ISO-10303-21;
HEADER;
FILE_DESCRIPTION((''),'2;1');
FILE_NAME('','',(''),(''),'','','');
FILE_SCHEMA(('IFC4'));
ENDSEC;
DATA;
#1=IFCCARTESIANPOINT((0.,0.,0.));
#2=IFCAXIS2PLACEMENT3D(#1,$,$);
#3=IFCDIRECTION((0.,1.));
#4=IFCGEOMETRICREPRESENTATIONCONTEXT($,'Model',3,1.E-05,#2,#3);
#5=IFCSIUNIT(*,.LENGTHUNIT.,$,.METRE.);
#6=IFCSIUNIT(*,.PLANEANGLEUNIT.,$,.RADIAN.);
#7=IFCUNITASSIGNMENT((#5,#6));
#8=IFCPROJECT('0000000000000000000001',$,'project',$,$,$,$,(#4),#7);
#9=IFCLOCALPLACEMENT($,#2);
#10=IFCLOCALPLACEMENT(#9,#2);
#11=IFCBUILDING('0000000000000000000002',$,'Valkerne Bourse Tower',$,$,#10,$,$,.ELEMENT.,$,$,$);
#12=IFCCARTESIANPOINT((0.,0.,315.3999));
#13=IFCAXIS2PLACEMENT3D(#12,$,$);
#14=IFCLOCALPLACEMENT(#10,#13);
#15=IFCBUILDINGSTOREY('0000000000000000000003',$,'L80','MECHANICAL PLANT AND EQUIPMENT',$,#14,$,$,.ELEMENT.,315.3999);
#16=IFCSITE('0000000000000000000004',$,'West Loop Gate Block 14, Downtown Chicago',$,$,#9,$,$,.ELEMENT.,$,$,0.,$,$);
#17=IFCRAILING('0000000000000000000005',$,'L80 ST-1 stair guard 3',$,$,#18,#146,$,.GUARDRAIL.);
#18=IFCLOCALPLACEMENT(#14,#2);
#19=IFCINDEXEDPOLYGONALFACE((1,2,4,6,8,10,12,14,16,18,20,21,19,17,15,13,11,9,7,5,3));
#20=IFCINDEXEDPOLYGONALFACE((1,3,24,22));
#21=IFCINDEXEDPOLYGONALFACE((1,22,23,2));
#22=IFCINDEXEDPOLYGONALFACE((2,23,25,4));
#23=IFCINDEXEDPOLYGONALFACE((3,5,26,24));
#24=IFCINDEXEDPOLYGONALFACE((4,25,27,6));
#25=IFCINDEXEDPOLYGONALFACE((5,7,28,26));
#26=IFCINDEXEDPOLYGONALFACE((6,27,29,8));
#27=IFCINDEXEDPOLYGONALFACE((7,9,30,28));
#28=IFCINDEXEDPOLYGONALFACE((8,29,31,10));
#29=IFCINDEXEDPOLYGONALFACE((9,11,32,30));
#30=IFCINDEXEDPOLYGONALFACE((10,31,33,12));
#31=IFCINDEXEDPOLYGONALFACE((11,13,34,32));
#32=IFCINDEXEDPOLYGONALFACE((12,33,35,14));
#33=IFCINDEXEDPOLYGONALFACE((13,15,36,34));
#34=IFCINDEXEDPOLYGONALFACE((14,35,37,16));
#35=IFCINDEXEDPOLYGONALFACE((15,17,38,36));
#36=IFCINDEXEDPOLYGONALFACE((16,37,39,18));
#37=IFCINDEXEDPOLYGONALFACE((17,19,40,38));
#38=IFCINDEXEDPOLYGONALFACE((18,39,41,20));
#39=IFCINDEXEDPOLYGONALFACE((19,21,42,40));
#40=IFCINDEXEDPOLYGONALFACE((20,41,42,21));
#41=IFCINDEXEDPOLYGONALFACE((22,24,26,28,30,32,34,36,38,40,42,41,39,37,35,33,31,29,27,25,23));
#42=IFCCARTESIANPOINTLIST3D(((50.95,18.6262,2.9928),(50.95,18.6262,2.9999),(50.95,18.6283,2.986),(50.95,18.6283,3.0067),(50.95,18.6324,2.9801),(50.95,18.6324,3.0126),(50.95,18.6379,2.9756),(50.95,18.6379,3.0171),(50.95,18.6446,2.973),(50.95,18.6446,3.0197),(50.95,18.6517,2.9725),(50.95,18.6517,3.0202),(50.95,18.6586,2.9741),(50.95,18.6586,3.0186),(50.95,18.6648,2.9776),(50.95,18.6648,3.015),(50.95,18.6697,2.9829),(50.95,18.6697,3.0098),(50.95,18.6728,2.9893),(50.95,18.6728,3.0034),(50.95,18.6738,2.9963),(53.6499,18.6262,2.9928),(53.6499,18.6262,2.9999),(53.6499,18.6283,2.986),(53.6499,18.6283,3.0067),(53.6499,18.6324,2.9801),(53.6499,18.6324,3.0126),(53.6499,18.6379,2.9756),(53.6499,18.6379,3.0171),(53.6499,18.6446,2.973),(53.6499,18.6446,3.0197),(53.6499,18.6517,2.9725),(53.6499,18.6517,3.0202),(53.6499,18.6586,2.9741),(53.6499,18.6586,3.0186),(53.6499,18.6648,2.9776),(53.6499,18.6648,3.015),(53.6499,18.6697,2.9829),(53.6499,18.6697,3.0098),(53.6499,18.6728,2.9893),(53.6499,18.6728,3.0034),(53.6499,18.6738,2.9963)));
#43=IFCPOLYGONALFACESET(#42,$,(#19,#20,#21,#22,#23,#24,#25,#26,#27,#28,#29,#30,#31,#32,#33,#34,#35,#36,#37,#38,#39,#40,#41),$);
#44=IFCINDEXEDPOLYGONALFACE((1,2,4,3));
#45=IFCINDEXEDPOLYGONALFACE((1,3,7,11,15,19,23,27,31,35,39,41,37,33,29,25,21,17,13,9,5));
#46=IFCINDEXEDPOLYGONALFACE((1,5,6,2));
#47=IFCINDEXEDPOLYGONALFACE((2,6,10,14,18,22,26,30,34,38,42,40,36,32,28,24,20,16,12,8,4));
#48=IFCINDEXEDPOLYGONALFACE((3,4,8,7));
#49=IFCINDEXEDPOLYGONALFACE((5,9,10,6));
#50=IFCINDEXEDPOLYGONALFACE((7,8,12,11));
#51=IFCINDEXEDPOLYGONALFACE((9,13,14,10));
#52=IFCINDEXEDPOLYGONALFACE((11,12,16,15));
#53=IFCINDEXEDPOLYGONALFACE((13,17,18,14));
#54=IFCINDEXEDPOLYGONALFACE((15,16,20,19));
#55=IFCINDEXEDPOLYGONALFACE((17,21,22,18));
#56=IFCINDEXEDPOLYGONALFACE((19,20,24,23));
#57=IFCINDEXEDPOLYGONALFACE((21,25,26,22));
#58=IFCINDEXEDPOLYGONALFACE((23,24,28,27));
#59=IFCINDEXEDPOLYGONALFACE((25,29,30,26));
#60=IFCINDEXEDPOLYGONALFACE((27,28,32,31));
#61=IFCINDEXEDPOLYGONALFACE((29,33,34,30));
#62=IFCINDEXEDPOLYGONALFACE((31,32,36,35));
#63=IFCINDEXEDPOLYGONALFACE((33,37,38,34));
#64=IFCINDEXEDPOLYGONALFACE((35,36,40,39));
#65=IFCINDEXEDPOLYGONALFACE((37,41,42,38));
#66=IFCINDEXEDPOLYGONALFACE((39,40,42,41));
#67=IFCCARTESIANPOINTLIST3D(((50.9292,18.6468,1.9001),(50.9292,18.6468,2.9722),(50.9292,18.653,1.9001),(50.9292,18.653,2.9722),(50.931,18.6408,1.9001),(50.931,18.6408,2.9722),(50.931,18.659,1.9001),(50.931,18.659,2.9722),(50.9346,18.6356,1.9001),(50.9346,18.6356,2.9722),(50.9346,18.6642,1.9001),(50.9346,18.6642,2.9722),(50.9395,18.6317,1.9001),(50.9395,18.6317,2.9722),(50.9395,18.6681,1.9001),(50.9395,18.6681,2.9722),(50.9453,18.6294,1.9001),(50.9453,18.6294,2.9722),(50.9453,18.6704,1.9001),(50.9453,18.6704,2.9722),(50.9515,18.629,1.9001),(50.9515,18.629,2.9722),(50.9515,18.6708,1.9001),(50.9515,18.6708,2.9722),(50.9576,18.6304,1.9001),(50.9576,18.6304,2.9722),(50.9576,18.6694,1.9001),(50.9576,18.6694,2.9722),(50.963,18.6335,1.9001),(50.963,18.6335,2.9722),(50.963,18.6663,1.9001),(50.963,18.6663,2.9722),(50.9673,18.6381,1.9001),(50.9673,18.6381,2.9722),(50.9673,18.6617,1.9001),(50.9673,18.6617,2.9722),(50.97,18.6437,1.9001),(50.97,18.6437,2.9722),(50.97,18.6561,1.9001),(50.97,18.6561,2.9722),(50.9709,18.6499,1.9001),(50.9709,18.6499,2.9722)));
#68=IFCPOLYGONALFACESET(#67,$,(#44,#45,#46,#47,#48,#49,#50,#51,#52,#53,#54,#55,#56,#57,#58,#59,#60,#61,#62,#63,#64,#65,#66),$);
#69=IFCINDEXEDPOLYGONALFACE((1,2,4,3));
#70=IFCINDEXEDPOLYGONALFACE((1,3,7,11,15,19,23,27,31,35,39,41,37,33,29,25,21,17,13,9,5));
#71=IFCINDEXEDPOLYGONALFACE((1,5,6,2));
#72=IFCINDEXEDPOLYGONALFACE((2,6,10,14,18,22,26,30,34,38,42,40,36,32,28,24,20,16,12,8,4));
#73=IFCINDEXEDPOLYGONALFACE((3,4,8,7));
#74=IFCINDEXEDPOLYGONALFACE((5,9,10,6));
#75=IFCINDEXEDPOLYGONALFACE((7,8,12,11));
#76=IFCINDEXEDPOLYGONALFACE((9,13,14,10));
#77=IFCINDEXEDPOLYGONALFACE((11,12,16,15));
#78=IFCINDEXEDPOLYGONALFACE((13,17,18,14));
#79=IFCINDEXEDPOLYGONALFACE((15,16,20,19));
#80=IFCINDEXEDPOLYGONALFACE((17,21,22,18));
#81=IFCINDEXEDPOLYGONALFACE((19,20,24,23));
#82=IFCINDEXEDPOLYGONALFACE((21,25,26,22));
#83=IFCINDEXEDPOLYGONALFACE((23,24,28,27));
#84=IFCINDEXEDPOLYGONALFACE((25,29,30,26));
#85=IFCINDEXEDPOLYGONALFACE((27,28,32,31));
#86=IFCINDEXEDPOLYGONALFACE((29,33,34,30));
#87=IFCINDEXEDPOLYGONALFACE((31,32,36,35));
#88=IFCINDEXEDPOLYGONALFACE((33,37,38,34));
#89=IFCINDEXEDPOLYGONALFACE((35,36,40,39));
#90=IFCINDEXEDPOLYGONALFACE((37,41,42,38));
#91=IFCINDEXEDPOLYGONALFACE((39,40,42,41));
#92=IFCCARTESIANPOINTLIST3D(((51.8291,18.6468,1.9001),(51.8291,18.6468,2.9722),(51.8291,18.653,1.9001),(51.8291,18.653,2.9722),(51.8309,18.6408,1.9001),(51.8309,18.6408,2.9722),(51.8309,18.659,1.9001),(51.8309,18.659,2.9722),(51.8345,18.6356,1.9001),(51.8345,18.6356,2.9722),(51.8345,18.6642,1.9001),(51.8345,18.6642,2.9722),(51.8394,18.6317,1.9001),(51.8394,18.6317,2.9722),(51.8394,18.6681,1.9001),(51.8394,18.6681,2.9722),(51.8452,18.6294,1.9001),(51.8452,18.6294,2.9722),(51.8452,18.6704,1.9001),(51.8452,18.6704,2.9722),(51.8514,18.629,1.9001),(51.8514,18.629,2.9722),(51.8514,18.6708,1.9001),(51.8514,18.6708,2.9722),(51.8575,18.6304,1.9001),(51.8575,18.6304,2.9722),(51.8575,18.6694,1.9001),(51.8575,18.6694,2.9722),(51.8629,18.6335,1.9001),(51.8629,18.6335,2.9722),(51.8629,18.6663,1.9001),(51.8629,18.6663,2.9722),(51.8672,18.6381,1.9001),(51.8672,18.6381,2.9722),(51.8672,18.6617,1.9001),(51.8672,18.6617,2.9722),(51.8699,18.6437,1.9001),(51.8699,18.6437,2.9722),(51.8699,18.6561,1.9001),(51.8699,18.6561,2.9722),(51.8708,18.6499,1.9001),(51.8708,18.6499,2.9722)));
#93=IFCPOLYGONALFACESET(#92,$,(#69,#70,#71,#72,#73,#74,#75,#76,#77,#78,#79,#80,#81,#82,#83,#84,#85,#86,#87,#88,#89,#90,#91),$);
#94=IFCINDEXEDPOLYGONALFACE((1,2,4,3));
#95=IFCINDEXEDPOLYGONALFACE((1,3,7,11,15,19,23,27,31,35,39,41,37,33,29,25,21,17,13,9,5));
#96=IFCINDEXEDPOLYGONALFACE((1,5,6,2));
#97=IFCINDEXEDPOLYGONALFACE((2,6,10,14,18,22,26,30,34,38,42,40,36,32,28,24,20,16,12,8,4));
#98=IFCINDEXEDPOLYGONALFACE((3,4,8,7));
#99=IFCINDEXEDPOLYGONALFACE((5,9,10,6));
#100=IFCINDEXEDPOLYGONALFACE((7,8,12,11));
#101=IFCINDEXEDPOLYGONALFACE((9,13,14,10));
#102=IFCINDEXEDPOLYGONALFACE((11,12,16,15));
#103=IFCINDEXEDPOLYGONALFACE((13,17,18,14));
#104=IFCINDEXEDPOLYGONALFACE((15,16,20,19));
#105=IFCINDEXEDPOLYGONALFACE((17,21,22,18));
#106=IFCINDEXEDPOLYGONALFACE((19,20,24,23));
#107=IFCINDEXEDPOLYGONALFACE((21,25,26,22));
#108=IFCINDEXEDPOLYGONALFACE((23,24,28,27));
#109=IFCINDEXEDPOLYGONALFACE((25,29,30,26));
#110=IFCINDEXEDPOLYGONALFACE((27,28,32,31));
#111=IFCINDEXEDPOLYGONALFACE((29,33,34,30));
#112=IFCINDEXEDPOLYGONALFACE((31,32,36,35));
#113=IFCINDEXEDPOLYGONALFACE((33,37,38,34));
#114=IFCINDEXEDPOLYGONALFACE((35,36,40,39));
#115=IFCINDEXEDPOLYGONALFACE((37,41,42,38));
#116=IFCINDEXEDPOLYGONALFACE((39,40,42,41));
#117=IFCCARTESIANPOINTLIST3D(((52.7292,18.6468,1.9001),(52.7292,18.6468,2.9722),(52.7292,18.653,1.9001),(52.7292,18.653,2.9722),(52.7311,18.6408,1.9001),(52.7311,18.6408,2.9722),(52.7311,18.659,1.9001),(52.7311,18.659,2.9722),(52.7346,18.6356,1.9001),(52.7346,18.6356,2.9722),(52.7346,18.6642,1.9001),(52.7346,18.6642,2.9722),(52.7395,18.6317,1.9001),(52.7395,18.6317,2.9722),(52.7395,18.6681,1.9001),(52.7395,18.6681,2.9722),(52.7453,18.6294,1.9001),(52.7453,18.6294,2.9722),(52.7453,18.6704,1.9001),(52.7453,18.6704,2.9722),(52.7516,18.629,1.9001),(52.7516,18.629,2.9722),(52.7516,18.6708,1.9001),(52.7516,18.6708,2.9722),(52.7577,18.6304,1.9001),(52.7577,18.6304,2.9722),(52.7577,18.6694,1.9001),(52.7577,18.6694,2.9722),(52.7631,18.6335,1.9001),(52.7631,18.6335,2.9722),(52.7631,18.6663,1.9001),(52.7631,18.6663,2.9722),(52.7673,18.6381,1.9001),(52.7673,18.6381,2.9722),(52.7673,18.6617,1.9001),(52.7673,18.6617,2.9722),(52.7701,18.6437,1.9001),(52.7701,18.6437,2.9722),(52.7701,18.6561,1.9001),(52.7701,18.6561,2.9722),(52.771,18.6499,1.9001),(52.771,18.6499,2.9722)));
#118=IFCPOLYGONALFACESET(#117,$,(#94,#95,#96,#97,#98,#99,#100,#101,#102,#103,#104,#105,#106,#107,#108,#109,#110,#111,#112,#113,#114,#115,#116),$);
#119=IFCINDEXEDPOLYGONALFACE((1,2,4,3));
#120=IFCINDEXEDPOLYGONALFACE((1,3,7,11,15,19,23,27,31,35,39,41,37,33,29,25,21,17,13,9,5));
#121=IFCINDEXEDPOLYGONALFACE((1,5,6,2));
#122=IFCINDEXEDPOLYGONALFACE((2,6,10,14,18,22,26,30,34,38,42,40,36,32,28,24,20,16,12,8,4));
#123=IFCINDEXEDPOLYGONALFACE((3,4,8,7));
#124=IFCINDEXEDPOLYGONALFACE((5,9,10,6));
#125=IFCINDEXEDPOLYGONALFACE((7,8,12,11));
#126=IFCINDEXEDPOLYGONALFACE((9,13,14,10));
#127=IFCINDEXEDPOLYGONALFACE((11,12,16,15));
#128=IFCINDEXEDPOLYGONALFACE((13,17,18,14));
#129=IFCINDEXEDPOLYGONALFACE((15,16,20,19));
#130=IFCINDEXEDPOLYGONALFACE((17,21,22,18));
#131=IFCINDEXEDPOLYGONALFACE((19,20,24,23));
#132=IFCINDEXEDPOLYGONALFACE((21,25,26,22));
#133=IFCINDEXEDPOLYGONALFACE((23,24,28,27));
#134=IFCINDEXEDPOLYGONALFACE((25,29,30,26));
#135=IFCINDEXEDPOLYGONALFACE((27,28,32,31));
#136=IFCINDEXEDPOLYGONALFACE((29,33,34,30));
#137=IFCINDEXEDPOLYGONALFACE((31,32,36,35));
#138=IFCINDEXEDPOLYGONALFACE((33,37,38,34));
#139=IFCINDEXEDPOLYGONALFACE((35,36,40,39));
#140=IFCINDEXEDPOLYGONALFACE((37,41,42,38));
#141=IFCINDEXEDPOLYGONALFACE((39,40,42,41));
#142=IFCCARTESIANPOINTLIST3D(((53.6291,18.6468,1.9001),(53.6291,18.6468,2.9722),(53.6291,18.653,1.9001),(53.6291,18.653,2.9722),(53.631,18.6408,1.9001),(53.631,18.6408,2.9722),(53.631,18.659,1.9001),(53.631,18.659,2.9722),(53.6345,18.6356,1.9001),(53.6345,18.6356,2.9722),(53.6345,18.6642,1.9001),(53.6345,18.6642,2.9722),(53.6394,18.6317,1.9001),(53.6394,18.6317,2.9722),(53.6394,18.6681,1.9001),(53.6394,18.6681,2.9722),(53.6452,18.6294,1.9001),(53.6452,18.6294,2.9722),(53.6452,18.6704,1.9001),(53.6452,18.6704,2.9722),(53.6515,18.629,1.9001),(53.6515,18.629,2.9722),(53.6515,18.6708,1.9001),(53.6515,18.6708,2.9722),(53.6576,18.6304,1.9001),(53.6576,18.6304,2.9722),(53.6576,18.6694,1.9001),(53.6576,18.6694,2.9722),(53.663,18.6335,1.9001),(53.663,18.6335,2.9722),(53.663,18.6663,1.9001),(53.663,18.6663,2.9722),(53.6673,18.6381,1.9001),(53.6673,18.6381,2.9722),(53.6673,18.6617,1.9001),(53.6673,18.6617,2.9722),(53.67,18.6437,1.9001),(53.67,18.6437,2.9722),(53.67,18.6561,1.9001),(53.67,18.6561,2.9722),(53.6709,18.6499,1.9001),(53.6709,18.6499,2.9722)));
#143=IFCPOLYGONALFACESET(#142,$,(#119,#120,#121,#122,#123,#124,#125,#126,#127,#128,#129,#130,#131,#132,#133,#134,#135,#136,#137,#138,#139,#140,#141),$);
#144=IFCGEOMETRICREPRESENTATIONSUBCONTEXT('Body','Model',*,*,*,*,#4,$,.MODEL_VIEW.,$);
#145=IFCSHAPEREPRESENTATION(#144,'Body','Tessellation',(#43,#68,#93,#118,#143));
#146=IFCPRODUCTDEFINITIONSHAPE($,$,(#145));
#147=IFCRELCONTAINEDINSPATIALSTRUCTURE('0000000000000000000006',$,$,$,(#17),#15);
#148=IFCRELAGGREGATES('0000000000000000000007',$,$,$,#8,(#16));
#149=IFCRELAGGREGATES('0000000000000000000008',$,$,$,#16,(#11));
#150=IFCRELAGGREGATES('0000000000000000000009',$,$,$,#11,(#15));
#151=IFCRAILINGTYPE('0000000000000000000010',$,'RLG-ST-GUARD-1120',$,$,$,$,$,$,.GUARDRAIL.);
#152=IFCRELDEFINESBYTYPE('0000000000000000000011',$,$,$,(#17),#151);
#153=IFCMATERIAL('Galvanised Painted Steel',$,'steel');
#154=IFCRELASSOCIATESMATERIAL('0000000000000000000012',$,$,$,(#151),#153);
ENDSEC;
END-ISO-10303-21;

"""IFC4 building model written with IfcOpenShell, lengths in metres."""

from ifc_helpers import new_model, si_unit, direction, frame, origin, origin_2d, place, context, subcontext, project, spatial, circle, extrude, material, type_object, element, save


model = new_model("IFC4")

# Units and contexts
model_context = context("Model", 3, precision=1e-05, world=origin(), true_north=direction((0.0, 1.0)))
body_context = subcontext(model_context, "Body", "Model", "MODEL_VIEW")
ifc_project = project(units=[si_unit("LENGTHUNIT", "METRE"), si_unit("PLANEANGLEUNIT", "RADIAN")], contexts=[model_context])

# Site, building, storey
site_placement = place(None, origin())
site = spatial("IfcSite", under=ifc_project, at=site_placement, Name="West Loop Gate Block 14, Downtown Chicago", CompositionType="ELEMENT", RefElevation=0.0)
building_placement = place(site_placement, origin())
building = spatial("IfcBuilding", under=site, at=building_placement, Name="Valkerne Bourse Tower", CompositionType="ELEMENT")
storey_placement = place(building_placement, frame((0.0, 0.0, 315.3999)))
storey = spatial("IfcBuildingStorey", under=building, at=storey_placement, Name="L80", Description="MECHANICAL PLANT AND EQUIPMENT", CompositionType="ELEMENT", Elevation=315.3999)

# Railing
ifc_material_1 = material(Name="Galvanised Painted Steel", Category="steel")
railing_type_1 = type_object("IfcRailingType", Name="RLG-ST-GUARD-1120", PredefinedType="GUARDRAIL", material=ifc_material_1)
for number, where, name in (
    (1, (50.95, 18.6499, 1.9001), "L80 ST-1 stair guard 3"),
):
    element("IfcRailing", number, at=place(storey_placement, frame(where)), inside=storey, type_object=railing_type_1, Name=name, PredefinedType="GUARDRAIL", context=body_context, shape_type="SweptSolid", body=[
        extrude(circle(Radius=0.0239, at=origin_2d()), frame((0.0, 0.0, 1.0962), z_axis=(1.0, 0.0, 0.0), x_axis=(0.0, 1.0, 0.0)), (0.0, 0.0, 1.0), 2.7),
        extrude(circle(Radius=0.021, at=origin_2d()), origin(), (0.0, 0.0, 1.0), 1.072),
        extrude(circle(Radius=0.021, at=origin_2d()), frame((0.8999, 0.0, 0.0)), (0.0, 0.0, 1.0), 1.072),
        extrude(circle(Radius=0.021, at=origin_2d()), frame((1.8, 0.0, 0.0)), (0.0, 0.0, 1.0), 1.072),
        extrude(circle(Radius=0.021, at=origin_2d()), frame((2.7, 0.0, 0.0)), (0.0, 0.0, 1.0), 1.072),
    ])

save(model, "model.ifc")
